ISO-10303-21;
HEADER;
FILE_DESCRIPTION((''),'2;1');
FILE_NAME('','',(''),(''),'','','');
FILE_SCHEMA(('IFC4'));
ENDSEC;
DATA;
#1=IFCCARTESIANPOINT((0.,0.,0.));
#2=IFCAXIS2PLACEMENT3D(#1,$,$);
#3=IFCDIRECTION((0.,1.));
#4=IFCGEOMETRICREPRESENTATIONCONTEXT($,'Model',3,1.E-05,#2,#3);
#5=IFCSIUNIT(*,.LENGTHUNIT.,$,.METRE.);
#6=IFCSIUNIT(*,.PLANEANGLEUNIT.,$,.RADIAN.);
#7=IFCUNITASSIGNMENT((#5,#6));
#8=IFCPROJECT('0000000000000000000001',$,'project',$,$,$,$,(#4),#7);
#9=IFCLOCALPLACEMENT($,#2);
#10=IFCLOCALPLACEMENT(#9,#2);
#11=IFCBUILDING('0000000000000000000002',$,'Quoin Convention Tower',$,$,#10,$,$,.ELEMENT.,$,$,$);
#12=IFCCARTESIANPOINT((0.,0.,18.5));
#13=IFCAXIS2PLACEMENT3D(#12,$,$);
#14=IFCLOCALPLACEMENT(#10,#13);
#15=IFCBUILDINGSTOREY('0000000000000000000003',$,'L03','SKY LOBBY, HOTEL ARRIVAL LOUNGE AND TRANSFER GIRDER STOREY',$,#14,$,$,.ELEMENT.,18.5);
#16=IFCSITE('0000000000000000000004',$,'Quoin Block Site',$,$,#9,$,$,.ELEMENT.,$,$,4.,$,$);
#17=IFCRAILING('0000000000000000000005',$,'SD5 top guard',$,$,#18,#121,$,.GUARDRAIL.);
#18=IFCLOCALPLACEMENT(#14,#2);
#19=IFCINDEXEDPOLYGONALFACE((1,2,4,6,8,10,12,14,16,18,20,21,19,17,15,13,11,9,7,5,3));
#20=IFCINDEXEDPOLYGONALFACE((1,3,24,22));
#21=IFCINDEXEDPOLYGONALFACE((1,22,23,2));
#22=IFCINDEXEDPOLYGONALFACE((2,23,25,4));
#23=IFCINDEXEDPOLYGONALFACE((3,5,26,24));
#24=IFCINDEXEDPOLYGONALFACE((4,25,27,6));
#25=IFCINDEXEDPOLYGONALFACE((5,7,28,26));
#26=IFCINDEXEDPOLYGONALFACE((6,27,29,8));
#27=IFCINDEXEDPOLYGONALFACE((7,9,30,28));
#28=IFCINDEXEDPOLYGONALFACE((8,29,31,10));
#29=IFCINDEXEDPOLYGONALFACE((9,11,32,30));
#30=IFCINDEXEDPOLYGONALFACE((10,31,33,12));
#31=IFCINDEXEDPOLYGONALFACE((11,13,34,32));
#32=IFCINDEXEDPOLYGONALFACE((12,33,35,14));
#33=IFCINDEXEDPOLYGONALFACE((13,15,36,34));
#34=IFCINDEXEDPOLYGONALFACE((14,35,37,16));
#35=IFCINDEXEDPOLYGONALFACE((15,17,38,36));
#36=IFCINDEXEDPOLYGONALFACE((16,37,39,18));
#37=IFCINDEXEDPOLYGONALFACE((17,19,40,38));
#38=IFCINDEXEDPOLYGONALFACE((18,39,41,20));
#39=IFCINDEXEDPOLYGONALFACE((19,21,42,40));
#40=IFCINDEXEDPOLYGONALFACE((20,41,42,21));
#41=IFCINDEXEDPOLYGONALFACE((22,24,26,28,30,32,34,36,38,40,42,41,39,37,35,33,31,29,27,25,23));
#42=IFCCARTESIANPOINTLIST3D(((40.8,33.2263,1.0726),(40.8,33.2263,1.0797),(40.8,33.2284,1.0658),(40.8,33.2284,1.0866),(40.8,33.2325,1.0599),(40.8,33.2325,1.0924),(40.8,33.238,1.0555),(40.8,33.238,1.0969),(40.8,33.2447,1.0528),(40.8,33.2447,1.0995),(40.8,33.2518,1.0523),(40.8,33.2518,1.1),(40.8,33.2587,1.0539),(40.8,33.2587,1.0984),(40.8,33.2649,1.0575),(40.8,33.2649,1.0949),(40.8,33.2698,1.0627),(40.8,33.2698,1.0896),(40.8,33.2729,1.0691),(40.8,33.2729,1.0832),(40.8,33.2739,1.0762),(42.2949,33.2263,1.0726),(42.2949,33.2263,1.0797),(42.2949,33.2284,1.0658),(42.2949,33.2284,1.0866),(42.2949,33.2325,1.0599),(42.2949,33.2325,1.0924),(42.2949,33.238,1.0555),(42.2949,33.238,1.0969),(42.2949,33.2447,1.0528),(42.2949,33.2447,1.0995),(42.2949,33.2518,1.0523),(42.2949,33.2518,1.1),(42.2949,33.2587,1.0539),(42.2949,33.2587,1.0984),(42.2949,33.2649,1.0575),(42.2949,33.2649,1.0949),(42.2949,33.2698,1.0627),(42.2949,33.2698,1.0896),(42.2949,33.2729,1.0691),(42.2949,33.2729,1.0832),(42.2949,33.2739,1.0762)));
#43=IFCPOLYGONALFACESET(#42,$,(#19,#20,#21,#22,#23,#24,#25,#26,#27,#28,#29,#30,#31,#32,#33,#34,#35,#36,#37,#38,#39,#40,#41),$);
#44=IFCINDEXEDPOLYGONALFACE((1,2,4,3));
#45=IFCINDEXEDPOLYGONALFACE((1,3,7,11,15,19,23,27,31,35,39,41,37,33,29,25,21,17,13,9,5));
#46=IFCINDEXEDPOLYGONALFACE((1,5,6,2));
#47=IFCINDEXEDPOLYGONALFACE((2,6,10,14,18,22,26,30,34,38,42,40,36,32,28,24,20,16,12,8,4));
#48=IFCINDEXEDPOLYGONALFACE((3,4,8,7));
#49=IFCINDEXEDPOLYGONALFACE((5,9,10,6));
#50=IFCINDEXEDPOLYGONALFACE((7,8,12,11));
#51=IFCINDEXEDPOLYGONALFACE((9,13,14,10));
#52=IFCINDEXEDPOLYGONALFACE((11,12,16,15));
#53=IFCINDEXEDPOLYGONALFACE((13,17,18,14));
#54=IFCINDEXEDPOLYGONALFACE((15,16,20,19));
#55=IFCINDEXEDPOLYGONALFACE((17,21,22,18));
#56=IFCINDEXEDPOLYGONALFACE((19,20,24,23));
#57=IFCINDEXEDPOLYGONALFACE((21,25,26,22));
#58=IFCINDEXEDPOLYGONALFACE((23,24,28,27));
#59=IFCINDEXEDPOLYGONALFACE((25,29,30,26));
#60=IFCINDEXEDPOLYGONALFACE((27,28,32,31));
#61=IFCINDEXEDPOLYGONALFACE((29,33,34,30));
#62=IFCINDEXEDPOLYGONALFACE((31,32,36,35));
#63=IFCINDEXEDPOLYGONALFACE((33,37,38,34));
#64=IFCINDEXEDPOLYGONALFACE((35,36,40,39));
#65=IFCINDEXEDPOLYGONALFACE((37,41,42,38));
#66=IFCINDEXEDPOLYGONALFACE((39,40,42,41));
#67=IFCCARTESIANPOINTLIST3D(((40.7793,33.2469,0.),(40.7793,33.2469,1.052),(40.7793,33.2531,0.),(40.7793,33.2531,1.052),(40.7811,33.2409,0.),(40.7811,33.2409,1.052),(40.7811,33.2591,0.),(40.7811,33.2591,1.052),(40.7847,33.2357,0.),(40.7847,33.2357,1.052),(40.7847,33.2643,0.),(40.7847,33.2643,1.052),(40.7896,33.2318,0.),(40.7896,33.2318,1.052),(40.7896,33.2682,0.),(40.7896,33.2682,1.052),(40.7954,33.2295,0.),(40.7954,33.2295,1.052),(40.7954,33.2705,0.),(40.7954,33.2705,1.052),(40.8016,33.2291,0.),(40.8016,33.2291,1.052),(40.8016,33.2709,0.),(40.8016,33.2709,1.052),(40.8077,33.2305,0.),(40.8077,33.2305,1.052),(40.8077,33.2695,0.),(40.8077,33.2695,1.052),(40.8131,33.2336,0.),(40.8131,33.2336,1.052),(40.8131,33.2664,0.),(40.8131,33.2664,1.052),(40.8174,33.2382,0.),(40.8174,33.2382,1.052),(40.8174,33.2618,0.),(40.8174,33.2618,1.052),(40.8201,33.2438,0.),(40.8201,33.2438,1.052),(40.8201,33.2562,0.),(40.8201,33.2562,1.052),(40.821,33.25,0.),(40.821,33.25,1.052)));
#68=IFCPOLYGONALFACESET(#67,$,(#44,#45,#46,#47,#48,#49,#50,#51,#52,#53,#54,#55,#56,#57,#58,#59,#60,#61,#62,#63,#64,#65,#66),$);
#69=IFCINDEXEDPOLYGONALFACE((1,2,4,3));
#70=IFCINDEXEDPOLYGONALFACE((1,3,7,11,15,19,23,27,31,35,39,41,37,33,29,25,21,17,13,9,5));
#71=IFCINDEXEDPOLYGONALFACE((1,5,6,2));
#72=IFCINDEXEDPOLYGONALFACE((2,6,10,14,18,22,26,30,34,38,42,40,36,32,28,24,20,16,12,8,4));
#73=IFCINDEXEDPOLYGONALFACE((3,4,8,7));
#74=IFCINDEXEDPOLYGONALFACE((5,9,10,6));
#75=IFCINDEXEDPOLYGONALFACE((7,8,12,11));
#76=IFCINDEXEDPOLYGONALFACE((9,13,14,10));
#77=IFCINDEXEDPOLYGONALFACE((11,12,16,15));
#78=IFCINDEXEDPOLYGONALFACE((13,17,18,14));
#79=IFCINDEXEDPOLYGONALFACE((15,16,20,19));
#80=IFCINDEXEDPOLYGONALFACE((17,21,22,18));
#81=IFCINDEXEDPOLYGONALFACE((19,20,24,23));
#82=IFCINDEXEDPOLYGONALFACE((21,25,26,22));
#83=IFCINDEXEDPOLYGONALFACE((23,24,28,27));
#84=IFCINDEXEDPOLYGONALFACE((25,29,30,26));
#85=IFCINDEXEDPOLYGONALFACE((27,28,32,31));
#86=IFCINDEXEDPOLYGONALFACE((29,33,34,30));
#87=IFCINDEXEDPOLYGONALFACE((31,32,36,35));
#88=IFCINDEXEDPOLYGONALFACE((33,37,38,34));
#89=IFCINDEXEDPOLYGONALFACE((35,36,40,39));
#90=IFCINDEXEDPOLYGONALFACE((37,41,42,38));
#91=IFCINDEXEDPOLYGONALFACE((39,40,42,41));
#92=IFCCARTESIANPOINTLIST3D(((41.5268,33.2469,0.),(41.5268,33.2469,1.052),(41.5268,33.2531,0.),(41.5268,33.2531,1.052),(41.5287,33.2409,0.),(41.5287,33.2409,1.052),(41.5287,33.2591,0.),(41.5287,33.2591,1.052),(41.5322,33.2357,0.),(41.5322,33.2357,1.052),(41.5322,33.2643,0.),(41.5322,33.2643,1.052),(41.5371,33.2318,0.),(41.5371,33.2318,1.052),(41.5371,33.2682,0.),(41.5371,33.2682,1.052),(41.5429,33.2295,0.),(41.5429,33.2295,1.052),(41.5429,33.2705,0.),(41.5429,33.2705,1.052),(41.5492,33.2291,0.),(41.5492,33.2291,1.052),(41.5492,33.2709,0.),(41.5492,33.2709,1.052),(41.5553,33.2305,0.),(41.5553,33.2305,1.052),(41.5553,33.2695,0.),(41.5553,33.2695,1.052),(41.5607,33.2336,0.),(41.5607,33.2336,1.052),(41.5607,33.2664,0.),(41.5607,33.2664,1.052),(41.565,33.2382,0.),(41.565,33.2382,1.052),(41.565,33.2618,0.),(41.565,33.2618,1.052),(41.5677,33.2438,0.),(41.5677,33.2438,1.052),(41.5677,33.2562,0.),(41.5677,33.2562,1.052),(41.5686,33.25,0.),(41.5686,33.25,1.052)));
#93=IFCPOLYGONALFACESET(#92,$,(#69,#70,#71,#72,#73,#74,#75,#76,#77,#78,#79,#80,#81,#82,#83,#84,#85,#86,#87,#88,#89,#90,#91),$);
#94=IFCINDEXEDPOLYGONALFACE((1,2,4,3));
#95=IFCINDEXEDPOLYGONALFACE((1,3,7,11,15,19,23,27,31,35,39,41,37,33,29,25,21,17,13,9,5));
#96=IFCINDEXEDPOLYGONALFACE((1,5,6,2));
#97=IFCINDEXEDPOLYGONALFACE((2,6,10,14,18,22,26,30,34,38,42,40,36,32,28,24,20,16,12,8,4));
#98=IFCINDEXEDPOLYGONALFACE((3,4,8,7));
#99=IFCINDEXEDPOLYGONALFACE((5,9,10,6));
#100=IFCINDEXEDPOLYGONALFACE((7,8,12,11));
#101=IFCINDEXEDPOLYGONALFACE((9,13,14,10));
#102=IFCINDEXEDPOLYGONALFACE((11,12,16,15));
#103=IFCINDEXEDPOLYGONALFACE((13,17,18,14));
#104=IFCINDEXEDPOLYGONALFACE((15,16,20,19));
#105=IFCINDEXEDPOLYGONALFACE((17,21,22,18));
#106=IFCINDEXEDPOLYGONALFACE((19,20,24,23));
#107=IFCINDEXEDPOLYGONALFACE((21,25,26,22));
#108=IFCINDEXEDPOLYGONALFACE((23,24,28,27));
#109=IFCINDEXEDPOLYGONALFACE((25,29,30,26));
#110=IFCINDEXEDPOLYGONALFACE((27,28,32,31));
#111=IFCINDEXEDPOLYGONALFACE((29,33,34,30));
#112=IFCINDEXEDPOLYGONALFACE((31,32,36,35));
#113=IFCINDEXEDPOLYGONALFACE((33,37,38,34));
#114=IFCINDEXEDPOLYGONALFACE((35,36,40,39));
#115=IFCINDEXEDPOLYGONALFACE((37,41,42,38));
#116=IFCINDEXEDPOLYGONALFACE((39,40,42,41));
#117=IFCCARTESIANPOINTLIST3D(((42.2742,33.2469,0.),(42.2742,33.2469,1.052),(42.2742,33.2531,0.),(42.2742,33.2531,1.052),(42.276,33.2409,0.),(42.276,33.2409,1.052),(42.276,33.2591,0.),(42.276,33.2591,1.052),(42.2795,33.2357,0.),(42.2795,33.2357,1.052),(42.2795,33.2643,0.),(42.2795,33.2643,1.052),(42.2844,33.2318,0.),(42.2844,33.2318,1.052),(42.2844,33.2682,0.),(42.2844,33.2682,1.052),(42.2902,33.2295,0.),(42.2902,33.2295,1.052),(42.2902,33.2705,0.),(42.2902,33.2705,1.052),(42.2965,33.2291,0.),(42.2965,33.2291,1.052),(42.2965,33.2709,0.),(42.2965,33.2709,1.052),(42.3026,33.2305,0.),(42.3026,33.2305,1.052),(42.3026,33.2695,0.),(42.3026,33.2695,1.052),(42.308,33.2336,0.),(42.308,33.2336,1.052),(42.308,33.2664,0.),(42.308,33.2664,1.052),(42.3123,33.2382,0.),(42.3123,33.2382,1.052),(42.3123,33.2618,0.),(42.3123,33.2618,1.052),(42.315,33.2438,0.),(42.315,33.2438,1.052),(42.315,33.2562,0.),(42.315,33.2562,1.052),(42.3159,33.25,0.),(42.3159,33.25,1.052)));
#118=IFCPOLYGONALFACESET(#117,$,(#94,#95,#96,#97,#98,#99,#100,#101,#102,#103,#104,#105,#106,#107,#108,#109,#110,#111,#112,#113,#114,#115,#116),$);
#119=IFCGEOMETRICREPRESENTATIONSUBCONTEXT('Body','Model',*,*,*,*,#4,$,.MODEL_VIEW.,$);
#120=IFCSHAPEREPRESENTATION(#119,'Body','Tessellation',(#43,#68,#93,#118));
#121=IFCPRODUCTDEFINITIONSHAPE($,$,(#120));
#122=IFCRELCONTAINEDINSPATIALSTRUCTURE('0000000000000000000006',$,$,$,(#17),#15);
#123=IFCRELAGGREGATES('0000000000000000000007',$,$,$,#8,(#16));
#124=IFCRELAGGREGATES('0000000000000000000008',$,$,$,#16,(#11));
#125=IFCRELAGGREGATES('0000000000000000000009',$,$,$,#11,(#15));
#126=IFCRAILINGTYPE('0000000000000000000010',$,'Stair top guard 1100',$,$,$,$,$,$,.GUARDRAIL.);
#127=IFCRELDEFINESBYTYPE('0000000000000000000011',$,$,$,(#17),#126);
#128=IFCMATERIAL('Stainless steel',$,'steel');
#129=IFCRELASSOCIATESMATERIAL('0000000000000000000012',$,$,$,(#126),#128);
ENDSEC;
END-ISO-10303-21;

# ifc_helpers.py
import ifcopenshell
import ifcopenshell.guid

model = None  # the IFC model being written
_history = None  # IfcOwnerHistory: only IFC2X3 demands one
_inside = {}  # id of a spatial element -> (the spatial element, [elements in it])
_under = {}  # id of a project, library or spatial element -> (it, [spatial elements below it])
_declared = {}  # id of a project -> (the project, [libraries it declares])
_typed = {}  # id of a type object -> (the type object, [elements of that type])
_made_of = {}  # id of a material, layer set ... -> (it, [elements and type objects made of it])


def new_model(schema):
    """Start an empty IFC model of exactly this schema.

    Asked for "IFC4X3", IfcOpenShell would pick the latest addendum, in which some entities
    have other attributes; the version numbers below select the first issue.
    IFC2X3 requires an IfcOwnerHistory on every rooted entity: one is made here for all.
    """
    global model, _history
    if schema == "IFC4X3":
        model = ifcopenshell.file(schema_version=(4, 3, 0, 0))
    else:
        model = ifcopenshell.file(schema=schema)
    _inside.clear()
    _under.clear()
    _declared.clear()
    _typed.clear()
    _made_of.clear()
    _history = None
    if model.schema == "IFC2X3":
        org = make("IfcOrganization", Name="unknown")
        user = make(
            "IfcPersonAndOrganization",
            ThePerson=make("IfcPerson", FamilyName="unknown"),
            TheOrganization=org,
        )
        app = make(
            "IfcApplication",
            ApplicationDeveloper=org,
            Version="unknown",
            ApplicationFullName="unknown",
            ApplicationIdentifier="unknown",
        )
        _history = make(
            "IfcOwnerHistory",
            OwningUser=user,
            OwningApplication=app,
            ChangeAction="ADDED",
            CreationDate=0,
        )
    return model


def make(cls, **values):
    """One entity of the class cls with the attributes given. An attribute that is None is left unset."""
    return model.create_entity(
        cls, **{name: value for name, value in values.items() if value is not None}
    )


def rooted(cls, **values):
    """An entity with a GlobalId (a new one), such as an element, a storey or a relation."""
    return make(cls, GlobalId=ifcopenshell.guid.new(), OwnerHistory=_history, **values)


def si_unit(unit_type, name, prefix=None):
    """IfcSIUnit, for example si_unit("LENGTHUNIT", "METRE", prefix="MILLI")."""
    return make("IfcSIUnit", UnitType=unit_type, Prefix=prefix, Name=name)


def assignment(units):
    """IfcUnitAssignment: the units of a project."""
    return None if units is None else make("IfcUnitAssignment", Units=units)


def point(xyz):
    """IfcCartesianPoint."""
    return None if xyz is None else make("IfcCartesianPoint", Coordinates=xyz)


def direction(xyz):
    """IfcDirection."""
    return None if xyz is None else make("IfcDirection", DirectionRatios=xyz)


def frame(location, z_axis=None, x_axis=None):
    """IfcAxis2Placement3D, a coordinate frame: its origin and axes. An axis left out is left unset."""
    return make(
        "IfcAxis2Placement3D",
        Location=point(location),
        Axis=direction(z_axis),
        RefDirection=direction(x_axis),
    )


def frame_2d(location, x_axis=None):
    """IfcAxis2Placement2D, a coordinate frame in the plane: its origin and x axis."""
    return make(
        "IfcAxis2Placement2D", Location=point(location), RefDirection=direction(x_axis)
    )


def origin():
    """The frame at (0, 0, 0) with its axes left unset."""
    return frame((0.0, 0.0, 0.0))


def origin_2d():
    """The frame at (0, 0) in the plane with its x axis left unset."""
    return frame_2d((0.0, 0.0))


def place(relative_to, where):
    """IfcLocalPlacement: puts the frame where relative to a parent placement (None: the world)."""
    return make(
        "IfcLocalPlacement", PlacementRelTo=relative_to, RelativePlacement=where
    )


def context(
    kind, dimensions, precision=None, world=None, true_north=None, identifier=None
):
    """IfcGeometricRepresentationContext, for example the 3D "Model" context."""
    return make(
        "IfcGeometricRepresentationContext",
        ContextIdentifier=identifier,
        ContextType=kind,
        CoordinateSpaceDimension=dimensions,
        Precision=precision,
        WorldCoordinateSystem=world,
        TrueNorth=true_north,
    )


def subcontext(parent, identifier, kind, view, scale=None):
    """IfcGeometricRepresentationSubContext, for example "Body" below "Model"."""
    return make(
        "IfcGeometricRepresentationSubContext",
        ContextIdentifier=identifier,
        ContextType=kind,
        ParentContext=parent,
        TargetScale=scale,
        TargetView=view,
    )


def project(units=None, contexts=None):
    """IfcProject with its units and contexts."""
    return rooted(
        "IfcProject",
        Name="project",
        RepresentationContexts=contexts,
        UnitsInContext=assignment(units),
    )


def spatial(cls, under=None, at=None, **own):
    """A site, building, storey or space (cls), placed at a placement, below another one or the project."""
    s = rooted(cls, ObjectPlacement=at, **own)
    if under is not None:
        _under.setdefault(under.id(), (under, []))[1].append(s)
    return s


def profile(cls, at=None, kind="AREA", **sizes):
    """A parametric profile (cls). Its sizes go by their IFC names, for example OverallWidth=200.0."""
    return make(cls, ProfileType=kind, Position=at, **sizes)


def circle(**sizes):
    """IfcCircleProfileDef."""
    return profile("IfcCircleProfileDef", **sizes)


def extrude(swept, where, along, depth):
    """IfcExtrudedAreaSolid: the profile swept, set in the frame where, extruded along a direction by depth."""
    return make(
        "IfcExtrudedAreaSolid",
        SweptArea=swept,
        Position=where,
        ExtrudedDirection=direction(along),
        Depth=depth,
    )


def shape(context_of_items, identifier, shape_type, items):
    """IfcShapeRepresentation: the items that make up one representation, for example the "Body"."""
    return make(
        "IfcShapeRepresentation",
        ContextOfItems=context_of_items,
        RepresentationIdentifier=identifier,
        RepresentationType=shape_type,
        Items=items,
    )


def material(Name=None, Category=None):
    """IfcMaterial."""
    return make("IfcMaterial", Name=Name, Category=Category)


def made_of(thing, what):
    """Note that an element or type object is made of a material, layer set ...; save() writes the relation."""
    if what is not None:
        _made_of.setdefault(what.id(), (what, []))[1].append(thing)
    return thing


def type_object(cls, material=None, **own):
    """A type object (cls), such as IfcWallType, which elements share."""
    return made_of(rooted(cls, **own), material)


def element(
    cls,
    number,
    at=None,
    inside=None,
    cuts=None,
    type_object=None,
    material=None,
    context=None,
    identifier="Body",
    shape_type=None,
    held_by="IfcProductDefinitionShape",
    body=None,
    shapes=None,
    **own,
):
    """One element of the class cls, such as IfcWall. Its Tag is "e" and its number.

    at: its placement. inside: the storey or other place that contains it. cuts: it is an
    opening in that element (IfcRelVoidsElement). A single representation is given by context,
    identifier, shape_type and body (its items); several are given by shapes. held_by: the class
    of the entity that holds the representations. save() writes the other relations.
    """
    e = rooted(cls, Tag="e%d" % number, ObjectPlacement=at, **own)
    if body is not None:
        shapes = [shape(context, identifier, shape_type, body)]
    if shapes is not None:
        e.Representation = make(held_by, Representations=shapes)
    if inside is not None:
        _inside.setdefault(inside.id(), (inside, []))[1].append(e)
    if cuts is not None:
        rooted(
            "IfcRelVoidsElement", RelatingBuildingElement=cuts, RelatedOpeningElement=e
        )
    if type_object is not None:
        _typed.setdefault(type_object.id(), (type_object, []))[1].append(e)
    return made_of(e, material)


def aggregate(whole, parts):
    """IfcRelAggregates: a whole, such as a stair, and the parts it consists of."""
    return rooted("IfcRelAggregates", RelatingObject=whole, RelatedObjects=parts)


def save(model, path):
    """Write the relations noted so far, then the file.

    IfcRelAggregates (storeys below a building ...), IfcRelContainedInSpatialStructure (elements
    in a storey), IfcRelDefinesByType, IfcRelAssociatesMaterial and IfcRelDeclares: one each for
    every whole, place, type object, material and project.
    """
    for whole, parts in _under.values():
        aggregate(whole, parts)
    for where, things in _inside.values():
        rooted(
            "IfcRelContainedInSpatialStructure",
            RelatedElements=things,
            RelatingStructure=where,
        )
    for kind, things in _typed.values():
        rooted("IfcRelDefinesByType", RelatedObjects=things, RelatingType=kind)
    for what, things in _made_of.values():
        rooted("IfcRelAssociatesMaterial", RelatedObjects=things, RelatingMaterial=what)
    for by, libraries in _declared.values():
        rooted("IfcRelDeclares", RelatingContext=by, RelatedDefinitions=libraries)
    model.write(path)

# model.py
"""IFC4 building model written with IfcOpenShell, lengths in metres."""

from ifc_helpers import new_model, si_unit, direction, frame, origin, origin_2d, place, context, subcontext, project, spatial, circle, extrude, material, type_object, element, save


model = new_model("IFC4")

# Units and contexts
model_context = context("Model", 3, precision=1e-05, world=origin(), true_north=direction((0.0, 1.0)))
body_context = subcontext(model_context, "Body", "Model", "MODEL_VIEW")
ifc_project = project(units=[si_unit("LENGTHUNIT", "METRE"), si_unit("PLANEANGLEUNIT", "RADIAN")], contexts=[model_context])

# Site, building, storey
site_placement = place(None, origin())
site = spatial("IfcSite", under=ifc_project, at=site_placement, Name="Quoin Block Site", CompositionType="ELEMENT", RefElevation=4.0)
building_placement = place(site_placement, origin())
building = spatial("IfcBuilding", under=site, at=building_placement, Name="Quoin Convention Tower", CompositionType="ELEMENT")
storey_placement = place(building_placement, frame((0.0, 0.0, 18.5)))
storey = spatial("IfcBuildingStorey", under=building, at=storey_placement, Name="L03", Description="SKY LOBBY, HOTEL ARRIVAL LOUNGE AND TRANSFER GIRDER STOREY", CompositionType="ELEMENT", Elevation=18.5)

# Railing
ifc_material_1 = material(Name="Stainless steel", Category="steel")
railing_type_1 = type_object("IfcRailingType", Name="Stair top guard 1100", PredefinedType="GUARDRAIL", material=ifc_material_1)
railing_1_placement = place(storey_placement, frame((40.8, 33.25, 0.0)))
element("IfcRailing", 1, at=railing_1_placement, inside=storey, type_object=railing_type_1, Name="SD5 top guard", PredefinedType="GUARDRAIL", context=body_context, shape_type="SweptSolid", body=[
    extrude(circle(Radius=0.0239, at=origin_2d()), frame((0.0, 0.0, 1.0762), z_axis=(1.0, 0.0, 0.0), x_axis=(0.0, 1.0, 0.0)), (0.0, 0.0, 1.0), 1.4949),
    extrude(circle(Radius=0.021, at=origin_2d()), origin(), (0.0, 0.0, 1.0), 1.052),
    extrude(circle(Radius=0.021, at=origin_2d()), frame((0.7476, 0.0, 0.0)), (0.0, 0.0, 1.0), 1.052),
    extrude(circle(Radius=0.021, at=origin_2d()), frame((1.4949, 0.0, 0.0)), (0.0, 0.0, 1.0), 1.052),
])

save(model, "model.ifc")
